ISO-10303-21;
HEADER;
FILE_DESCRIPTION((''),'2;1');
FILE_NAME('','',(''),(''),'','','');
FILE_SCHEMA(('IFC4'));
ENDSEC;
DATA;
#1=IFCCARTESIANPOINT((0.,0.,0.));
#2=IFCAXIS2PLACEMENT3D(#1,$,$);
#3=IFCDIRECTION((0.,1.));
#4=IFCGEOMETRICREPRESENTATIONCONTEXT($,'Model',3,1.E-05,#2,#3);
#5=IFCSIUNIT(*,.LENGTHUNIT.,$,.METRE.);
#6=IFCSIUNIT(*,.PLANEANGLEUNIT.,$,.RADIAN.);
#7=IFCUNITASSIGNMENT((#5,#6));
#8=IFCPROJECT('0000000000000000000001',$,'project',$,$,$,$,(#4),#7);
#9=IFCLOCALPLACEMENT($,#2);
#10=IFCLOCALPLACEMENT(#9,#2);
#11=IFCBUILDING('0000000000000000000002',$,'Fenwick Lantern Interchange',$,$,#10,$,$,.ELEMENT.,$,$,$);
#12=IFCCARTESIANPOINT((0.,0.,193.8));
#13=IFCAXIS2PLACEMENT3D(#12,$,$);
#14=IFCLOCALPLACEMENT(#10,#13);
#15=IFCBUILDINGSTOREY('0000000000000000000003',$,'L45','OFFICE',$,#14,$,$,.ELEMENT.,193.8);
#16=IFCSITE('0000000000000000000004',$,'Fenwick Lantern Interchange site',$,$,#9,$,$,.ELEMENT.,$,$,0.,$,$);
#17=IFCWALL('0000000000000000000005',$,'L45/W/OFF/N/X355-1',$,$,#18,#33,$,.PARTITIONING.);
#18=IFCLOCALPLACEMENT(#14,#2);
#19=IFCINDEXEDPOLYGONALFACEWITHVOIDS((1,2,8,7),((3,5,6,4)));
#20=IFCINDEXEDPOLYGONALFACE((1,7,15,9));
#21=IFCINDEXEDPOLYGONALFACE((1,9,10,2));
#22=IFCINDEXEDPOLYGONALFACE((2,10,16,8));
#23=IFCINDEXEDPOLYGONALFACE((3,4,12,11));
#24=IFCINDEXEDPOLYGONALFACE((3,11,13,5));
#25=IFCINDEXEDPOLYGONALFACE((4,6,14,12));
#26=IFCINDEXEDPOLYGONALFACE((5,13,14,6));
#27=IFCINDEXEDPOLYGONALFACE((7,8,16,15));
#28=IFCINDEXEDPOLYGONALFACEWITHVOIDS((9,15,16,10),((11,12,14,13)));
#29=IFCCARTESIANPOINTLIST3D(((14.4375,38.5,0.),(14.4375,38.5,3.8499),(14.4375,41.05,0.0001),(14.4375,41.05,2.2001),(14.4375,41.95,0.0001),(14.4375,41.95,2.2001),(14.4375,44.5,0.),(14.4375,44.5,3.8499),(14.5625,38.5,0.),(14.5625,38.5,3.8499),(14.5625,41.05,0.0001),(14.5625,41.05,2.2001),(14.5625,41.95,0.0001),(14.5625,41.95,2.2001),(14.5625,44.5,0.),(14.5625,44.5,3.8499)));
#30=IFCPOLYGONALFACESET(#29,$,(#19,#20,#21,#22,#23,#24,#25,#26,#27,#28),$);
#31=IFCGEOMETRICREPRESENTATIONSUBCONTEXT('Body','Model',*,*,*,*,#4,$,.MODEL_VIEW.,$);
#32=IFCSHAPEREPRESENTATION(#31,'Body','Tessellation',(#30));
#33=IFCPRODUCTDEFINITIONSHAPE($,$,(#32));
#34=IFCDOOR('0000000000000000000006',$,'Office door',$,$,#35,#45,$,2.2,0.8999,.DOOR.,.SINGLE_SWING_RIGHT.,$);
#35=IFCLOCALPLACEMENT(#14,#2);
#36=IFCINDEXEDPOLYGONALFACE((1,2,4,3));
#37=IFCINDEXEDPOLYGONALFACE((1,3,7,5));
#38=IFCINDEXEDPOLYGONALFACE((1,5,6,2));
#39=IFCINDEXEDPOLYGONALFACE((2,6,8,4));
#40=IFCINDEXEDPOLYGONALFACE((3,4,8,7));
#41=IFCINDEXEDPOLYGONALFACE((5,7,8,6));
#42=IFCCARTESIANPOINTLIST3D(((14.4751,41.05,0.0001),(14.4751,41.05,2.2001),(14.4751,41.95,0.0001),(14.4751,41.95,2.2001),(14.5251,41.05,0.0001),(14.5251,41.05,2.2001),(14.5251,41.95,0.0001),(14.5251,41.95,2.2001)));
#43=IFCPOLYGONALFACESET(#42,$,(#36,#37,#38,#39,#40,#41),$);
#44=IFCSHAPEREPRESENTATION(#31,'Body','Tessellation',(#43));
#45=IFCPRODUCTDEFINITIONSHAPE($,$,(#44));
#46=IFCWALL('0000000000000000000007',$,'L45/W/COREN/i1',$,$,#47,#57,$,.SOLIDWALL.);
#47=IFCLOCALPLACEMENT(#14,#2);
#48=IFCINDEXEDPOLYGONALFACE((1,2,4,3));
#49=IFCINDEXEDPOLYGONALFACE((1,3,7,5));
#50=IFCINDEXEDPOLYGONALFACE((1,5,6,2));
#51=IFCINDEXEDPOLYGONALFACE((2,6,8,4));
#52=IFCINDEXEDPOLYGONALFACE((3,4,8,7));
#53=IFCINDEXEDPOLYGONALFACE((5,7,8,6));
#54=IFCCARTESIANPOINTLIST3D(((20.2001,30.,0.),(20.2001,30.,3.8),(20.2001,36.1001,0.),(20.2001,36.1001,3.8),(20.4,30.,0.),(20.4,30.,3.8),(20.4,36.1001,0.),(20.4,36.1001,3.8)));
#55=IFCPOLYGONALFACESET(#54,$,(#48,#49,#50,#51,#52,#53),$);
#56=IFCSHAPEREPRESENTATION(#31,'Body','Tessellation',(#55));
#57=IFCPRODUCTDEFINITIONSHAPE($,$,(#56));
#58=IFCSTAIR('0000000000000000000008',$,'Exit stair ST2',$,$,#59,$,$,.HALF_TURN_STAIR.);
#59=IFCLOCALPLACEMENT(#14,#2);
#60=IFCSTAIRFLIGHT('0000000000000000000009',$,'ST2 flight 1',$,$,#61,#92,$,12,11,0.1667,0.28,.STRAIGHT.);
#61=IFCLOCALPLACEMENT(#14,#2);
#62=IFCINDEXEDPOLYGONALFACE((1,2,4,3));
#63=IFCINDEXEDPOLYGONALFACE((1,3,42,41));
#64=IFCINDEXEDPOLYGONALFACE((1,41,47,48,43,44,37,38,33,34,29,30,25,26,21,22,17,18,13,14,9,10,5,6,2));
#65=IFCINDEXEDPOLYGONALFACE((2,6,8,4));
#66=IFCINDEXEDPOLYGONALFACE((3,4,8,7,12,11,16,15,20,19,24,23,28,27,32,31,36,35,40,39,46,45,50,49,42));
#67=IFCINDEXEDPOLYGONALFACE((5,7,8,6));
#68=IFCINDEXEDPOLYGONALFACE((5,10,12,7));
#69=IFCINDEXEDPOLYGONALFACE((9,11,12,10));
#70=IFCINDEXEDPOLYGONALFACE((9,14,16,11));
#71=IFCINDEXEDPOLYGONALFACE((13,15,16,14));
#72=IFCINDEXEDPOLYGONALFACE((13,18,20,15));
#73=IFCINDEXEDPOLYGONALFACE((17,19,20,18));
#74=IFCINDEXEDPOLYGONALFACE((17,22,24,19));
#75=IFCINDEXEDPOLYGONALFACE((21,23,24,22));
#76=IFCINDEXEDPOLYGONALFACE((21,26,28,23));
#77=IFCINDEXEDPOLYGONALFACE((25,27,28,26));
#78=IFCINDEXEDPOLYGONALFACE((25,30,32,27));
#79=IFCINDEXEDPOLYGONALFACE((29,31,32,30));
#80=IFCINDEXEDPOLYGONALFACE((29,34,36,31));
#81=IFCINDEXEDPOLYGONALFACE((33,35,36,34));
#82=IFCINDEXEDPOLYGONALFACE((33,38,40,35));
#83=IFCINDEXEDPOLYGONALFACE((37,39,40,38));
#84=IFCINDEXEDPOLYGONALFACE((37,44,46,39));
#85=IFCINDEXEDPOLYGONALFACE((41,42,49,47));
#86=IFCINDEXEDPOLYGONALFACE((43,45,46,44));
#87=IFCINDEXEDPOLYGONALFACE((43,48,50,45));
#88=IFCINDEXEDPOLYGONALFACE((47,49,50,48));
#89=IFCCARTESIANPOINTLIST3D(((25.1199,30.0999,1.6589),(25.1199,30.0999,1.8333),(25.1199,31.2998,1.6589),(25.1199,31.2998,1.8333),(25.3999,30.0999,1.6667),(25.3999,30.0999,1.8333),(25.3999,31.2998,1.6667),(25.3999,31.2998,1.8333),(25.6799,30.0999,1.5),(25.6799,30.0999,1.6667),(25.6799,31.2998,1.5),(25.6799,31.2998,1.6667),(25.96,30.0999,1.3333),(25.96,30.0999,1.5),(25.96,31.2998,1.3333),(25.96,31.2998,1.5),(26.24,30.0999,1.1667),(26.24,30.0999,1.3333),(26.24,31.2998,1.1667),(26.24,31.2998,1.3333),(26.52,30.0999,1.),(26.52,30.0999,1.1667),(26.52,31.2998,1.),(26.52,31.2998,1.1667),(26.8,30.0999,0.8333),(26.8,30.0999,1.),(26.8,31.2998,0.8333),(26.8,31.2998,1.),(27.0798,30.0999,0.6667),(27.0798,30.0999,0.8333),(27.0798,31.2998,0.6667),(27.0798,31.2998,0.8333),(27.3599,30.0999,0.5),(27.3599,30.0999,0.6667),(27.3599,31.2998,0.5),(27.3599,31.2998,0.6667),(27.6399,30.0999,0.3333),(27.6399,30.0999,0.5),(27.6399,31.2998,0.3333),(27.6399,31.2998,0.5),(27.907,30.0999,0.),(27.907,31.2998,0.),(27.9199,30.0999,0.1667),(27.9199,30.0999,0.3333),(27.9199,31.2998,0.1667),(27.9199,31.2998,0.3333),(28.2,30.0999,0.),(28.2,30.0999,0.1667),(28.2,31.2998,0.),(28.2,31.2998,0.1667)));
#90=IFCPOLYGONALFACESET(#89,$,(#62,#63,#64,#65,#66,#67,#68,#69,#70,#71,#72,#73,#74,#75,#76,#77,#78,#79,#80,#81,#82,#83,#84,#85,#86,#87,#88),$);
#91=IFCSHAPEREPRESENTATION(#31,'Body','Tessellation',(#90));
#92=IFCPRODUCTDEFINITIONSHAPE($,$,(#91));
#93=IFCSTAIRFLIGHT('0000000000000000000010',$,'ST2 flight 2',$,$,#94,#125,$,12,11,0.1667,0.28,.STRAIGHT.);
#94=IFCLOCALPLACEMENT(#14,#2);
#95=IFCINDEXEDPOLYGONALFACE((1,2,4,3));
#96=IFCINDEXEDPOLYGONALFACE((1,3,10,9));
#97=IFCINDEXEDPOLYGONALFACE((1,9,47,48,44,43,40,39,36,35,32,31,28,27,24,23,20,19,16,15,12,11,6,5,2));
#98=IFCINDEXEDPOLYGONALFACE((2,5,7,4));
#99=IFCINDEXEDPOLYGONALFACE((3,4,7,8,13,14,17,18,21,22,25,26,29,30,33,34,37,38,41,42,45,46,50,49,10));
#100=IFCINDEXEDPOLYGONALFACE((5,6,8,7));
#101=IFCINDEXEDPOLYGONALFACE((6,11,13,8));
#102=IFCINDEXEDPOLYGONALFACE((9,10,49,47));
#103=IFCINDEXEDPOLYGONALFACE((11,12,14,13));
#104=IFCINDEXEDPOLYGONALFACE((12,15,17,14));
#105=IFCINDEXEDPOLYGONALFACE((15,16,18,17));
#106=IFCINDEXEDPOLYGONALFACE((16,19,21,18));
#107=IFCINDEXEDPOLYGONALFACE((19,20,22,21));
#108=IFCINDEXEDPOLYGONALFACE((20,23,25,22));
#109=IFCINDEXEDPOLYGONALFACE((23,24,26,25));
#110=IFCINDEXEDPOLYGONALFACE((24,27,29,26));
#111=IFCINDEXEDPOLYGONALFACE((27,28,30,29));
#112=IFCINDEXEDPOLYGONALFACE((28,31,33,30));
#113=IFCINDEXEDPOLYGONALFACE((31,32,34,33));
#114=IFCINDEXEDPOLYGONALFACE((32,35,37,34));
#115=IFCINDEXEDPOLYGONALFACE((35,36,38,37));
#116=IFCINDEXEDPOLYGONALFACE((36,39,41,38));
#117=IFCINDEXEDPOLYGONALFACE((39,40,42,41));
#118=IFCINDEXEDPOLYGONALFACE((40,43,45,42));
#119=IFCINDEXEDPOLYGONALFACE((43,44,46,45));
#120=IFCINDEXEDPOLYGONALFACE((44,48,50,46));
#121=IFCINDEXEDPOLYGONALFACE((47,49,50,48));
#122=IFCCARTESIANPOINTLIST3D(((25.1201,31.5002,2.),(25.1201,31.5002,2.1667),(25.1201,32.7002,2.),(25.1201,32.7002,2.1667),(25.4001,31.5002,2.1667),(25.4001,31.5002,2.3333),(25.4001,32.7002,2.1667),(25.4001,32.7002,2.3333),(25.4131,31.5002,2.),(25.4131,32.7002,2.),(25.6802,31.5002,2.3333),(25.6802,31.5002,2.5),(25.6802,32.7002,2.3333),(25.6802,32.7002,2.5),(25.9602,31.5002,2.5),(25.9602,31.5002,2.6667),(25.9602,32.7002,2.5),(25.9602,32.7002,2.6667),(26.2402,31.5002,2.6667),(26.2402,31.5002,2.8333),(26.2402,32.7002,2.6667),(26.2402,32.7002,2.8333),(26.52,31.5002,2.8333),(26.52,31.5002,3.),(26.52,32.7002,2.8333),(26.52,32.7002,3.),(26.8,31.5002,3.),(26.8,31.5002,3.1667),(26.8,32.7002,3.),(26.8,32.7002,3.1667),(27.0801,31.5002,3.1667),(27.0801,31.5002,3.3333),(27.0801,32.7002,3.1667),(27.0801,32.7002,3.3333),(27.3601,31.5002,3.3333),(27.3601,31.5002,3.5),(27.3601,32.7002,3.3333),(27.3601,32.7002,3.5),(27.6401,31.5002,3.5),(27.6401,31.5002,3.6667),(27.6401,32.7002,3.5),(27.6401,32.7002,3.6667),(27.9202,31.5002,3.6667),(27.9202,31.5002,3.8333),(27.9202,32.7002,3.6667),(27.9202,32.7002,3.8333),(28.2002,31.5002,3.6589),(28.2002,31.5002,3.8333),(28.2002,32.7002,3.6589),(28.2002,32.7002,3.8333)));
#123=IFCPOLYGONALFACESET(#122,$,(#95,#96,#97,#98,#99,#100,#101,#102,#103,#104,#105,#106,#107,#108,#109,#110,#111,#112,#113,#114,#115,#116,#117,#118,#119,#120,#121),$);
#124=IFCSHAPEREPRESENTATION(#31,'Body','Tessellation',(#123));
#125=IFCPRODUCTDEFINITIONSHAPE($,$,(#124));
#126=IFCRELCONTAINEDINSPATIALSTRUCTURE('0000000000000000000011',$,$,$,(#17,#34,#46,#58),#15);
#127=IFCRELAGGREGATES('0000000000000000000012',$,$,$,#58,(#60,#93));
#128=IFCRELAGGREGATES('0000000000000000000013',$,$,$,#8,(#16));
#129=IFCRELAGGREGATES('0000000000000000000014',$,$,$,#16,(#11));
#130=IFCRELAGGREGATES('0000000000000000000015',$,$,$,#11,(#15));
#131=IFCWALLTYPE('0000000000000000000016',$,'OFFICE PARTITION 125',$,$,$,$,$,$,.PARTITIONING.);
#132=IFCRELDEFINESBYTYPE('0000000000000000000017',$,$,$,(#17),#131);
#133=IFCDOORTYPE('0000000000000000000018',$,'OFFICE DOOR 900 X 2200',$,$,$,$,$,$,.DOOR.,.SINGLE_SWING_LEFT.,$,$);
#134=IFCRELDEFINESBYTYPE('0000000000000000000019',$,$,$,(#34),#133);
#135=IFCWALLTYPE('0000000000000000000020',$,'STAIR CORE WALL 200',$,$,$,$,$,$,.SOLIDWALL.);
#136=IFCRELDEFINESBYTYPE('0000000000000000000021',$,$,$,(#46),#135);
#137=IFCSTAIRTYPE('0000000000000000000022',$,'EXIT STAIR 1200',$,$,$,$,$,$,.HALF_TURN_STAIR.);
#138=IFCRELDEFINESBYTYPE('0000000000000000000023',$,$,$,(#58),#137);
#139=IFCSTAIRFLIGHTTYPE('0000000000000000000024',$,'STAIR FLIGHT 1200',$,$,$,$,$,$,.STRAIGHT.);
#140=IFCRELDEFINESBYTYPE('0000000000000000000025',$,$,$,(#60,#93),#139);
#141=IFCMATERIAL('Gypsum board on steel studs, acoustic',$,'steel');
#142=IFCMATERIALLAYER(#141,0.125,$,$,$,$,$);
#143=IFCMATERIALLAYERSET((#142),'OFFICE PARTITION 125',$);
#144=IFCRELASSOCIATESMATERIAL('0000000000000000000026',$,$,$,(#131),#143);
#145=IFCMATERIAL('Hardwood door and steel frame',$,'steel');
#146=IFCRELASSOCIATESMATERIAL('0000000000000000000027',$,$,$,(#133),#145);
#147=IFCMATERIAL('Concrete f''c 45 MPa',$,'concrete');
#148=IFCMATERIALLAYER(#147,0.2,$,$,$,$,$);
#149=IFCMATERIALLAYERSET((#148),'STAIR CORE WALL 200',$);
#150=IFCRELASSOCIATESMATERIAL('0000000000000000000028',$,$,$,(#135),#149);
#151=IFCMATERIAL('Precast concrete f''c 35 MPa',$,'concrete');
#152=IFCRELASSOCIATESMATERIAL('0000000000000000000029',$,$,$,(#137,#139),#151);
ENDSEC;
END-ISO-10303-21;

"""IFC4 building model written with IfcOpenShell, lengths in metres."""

from ifc_helpers import new_model, si_unit, direction, frame, frame_2d, origin, place, context, subcontext, project, spatial, polyline, rectangle, outline, extrude, material, layer, layer_set, type_object, element, fill, aggregate, save


model = new_model("IFC4")

# Units and contexts
model_context = context("Model", 3, precision=1e-05, world=origin(), true_north=direction((0.0, 1.0)))
body_context = subcontext(model_context, "Body", "Model", "MODEL_VIEW")
ifc_project = project(units=[si_unit("LENGTHUNIT", "METRE"), si_unit("PLANEANGLEUNIT", "RADIAN")], contexts=[model_context])

# Site, building, storey
site_placement = place(None, origin())
site = spatial("IfcSite", under=ifc_project, at=site_placement, Name="Fenwick Lantern Interchange site", CompositionType="ELEMENT", RefElevation=0.0)
building_placement = place(site_placement, origin())
building = spatial("IfcBuilding", under=site, at=building_placement, Name="Fenwick Lantern Interchange", CompositionType="ELEMENT")
storey_placement = place(building_placement, frame((0.0, 0.0, 193.8)))
storey = spatial("IfcBuildingStorey", under=building, at=storey_placement, Name="L45", Description="OFFICE", CompositionType="ELEMENT", Elevation=193.8)

# Shared definitions
ifc_material_1 = material(Name="Gypsum board on steel studs, acoustic", Category="steel")
ifc_layer_1 = layer(ifc_material_1, 0.125)
ifc_layer_set_1 = layer_set([ifc_layer_1], Name="OFFICE PARTITION 125")
wall_type_1 = type_object("IfcWallType", Name="OFFICE PARTITION 125", PredefinedType="PARTITIONING", material=ifc_layer_set_1)

# Wall, opening, door
wall_1_placement = place(storey_placement, frame((14.5, 44.5, 0.0), z_axis=(0.0, 0.0, 1.0), x_axis=(0.0, -1.0, 0.0)))
wall_1 = element("IfcWall", 1, at=wall_1_placement, inside=storey, type_object=wall_type_1, Name="L45/W/OFF/N/X355-1", PredefinedType="PARTITIONING", context=body_context, shape_type="SweptSolid", body=[
    extrude(rectangle(XDim=6.0, YDim=0.125, at=frame_2d((3.0, 0.0))), origin(), (0.0, 0.0, 1.0), 3.8499),
])
opening_1_placement = place(wall_1_placement, frame((2.55, 0.0, 0.0)))
opening_1 = element("IfcOpeningElement", 2, at=opening_1_placement, cuts=wall_1, PredefinedType="OPENING", context=body_context, shape_type="SweptSolid", body=[
    extrude(rectangle(XDim=0.8999, YDim=2.2, at=frame_2d((0.45, 1.1001))), frame((0.0, 0.0725, 0.0), z_axis=(0.0, -1.0, 0.0), x_axis=(1.0, 0.0, 0.0)), (0.0, 0.0, 1.0), 0.145),
])
ifc_material_2 = material(Name="Hardwood door and steel frame", Category="steel")
door_type_1 = type_object("IfcDoorType", Name="OFFICE DOOR 900 X 2200", OperationType="SINGLE_SWING_LEFT", PredefinedType="DOOR", material=ifc_material_2)
door_1_placement = place(opening_1_placement, frame((0.8999, 0.0, 0.0), z_axis=(0.0, 0.0, 1.0), x_axis=(-1.0, 0.0, 0.0)))
door_1 = element("IfcDoor", 3, at=door_1_placement, inside=storey, type_object=door_type_1, Name="Office door", OperationType="SINGLE_SWING_RIGHT", OverallHeight=2.2, OverallWidth=0.8999, PredefinedType="DOOR", context=body_context, shape_type="SweptSolid", body=[
    extrude(rectangle(XDim=0.8999, YDim=2.2, at=frame_2d((0.45, 1.1001))), frame((0.0, 0.0249, 0.0), z_axis=(0.0, -1.0, 0.0), x_axis=(1.0, 0.0, 0.0)), (0.0, 0.0, 1.0), 0.05),
])
fill(opening_1, door_1)

# Wall
ifc_material_3 = material(Name="Concrete f'c 45 MPa", Category="concrete")
ifc_layer_2 = layer(ifc_material_3, 0.2)
ifc_layer_set_2 = layer_set([ifc_layer_2], Name="STAIR CORE WALL 200")
wall_type_2 = type_object("IfcWallType", Name="STAIR CORE WALL 200", PredefinedType="SOLIDWALL", material=ifc_layer_set_2)
wall_2_placement = place(storey_placement, frame((20.3, 36.1001, 0.0), z_axis=(0.0, 0.0, 1.0), x_axis=(0.0, -1.0, 0.0)))
element("IfcWall", 4, at=wall_2_placement, inside=storey, type_object=wall_type_2, Name="L45/W/COREN/i1", PredefinedType="SOLIDWALL", context=body_context, shape_type="SweptSolid", body=[
    extrude(rectangle(XDim=6.1001, YDim=0.2, at=frame_2d((3.05, 0.0))), origin(), (0.0, 0.0, 1.0), 3.8),
])

# Stair, stair flights
ifc_material_4 = material(Name="Precast concrete f'c 35 MPa", Category="concrete")
stair_type = type_object("IfcStairType", Name="EXIT STAIR 1200", PredefinedType="HALF_TURN_STAIR", material=ifc_material_4)
stair_placement = place(storey_placement, origin())
stair = element("IfcStair", 5, at=stair_placement, inside=storey, type_object=stair_type, Name="Exit stair ST2", PredefinedType="HALF_TURN_STAIR")
stair_flight_type = type_object("IfcStairFlightType", Name="STAIR FLIGHT 1200", PredefinedType="STRAIGHT", material=ifc_material_4)
stair_flight_1_placement = place(storey_placement, frame((28.2, 30.7, 0.0), z_axis=(0.0, 0.0, 1.0), x_axis=(-1.0, 0.0, 0.0)))
stair_flight_1 = element("IfcStairFlight", 6, at=stair_flight_1_placement, type_object=stair_flight_type, Name="ST2 flight 1", NumberOfRisers=12, NumberOfTreads=11, PredefinedType="STRAIGHT", RiserHeight=0.1667, TreadLength=0.28, context=body_context, shape_type="SweptSolid", body=[
    extrude(outline(polyline([(0.0, 0.0), (0.0, 0.1667), (0.28, 0.1667), (0.28, 0.3333), (0.5601, 0.3333), (0.5601, 0.5), (0.8401, 0.5), (0.8401, 0.6667), (1.1201, 0.6667), (1.1201, 0.8333), (1.3999, 0.8333), (1.3999, 1.0), (1.6799, 1.0), (1.6799, 1.1667), (1.96, 1.1667), (1.96, 1.3333), (2.24, 1.3333), (2.24, 1.5), (2.52, 1.5), (2.52, 1.6667), (2.8, 1.6667), (2.8, 1.8333), (3.0801, 1.8333), (3.0801, 2.0), (3.0801, 1.6589), (0.293, 0.0), (0.0, 0.0)])), frame((0.0, 0.6001, 0.0), z_axis=(0.0, -1.0, 0.0), x_axis=(1.0, 0.0, 0.0)), (0.0, 0.0, 1.0), 1.2),
])
stair_flight_2_placement = place(storey_placement, frame((25.1201, 32.1001, 2.0), z_axis=(0.0, 0.0, 1.0), x_axis=(1.0, 0.0, 0.0)))
stair_flight_2 = element("IfcStairFlight", 7, at=stair_flight_2_placement, type_object=stair_flight_type, Name="ST2 flight 2", NumberOfRisers=12, NumberOfTreads=11, PredefinedType="STRAIGHT", RiserHeight=0.1667, TreadLength=0.28, context=body_context, shape_type="SweptSolid", body=[
    extrude(outline(polyline([(0.0, 0.0), (0.0, 0.1667), (0.28, 0.1667), (0.28, 0.3333), (0.5601, 0.3333), (0.5601, 0.5), (0.8401, 0.5), (0.8401, 0.6667), (1.1201, 0.6667), (1.1201, 0.8333), (1.3999, 0.8333), (1.3999, 1.0), (1.6799, 1.0), (1.6799, 1.1667), (1.96, 1.1667), (1.96, 1.3333), (2.24, 1.3333), (2.24, 1.5), (2.52, 1.5), (2.52, 1.6667), (2.8, 1.6667), (2.8, 1.8333), (3.0801, 1.8333), (3.0801, 2.0), (3.0801, 1.6589), (0.293, 0.0), (0.0, 0.0)])), frame((0.0, 0.6001, 0.0), z_axis=(0.0, -1.0, 0.0), x_axis=(1.0, 0.0, 0.0)), (0.0, 0.0, 1.0), 1.2),
])
aggregate(stair, [stair_flight_1, stair_flight_2])

save(model, "model.ifc")
